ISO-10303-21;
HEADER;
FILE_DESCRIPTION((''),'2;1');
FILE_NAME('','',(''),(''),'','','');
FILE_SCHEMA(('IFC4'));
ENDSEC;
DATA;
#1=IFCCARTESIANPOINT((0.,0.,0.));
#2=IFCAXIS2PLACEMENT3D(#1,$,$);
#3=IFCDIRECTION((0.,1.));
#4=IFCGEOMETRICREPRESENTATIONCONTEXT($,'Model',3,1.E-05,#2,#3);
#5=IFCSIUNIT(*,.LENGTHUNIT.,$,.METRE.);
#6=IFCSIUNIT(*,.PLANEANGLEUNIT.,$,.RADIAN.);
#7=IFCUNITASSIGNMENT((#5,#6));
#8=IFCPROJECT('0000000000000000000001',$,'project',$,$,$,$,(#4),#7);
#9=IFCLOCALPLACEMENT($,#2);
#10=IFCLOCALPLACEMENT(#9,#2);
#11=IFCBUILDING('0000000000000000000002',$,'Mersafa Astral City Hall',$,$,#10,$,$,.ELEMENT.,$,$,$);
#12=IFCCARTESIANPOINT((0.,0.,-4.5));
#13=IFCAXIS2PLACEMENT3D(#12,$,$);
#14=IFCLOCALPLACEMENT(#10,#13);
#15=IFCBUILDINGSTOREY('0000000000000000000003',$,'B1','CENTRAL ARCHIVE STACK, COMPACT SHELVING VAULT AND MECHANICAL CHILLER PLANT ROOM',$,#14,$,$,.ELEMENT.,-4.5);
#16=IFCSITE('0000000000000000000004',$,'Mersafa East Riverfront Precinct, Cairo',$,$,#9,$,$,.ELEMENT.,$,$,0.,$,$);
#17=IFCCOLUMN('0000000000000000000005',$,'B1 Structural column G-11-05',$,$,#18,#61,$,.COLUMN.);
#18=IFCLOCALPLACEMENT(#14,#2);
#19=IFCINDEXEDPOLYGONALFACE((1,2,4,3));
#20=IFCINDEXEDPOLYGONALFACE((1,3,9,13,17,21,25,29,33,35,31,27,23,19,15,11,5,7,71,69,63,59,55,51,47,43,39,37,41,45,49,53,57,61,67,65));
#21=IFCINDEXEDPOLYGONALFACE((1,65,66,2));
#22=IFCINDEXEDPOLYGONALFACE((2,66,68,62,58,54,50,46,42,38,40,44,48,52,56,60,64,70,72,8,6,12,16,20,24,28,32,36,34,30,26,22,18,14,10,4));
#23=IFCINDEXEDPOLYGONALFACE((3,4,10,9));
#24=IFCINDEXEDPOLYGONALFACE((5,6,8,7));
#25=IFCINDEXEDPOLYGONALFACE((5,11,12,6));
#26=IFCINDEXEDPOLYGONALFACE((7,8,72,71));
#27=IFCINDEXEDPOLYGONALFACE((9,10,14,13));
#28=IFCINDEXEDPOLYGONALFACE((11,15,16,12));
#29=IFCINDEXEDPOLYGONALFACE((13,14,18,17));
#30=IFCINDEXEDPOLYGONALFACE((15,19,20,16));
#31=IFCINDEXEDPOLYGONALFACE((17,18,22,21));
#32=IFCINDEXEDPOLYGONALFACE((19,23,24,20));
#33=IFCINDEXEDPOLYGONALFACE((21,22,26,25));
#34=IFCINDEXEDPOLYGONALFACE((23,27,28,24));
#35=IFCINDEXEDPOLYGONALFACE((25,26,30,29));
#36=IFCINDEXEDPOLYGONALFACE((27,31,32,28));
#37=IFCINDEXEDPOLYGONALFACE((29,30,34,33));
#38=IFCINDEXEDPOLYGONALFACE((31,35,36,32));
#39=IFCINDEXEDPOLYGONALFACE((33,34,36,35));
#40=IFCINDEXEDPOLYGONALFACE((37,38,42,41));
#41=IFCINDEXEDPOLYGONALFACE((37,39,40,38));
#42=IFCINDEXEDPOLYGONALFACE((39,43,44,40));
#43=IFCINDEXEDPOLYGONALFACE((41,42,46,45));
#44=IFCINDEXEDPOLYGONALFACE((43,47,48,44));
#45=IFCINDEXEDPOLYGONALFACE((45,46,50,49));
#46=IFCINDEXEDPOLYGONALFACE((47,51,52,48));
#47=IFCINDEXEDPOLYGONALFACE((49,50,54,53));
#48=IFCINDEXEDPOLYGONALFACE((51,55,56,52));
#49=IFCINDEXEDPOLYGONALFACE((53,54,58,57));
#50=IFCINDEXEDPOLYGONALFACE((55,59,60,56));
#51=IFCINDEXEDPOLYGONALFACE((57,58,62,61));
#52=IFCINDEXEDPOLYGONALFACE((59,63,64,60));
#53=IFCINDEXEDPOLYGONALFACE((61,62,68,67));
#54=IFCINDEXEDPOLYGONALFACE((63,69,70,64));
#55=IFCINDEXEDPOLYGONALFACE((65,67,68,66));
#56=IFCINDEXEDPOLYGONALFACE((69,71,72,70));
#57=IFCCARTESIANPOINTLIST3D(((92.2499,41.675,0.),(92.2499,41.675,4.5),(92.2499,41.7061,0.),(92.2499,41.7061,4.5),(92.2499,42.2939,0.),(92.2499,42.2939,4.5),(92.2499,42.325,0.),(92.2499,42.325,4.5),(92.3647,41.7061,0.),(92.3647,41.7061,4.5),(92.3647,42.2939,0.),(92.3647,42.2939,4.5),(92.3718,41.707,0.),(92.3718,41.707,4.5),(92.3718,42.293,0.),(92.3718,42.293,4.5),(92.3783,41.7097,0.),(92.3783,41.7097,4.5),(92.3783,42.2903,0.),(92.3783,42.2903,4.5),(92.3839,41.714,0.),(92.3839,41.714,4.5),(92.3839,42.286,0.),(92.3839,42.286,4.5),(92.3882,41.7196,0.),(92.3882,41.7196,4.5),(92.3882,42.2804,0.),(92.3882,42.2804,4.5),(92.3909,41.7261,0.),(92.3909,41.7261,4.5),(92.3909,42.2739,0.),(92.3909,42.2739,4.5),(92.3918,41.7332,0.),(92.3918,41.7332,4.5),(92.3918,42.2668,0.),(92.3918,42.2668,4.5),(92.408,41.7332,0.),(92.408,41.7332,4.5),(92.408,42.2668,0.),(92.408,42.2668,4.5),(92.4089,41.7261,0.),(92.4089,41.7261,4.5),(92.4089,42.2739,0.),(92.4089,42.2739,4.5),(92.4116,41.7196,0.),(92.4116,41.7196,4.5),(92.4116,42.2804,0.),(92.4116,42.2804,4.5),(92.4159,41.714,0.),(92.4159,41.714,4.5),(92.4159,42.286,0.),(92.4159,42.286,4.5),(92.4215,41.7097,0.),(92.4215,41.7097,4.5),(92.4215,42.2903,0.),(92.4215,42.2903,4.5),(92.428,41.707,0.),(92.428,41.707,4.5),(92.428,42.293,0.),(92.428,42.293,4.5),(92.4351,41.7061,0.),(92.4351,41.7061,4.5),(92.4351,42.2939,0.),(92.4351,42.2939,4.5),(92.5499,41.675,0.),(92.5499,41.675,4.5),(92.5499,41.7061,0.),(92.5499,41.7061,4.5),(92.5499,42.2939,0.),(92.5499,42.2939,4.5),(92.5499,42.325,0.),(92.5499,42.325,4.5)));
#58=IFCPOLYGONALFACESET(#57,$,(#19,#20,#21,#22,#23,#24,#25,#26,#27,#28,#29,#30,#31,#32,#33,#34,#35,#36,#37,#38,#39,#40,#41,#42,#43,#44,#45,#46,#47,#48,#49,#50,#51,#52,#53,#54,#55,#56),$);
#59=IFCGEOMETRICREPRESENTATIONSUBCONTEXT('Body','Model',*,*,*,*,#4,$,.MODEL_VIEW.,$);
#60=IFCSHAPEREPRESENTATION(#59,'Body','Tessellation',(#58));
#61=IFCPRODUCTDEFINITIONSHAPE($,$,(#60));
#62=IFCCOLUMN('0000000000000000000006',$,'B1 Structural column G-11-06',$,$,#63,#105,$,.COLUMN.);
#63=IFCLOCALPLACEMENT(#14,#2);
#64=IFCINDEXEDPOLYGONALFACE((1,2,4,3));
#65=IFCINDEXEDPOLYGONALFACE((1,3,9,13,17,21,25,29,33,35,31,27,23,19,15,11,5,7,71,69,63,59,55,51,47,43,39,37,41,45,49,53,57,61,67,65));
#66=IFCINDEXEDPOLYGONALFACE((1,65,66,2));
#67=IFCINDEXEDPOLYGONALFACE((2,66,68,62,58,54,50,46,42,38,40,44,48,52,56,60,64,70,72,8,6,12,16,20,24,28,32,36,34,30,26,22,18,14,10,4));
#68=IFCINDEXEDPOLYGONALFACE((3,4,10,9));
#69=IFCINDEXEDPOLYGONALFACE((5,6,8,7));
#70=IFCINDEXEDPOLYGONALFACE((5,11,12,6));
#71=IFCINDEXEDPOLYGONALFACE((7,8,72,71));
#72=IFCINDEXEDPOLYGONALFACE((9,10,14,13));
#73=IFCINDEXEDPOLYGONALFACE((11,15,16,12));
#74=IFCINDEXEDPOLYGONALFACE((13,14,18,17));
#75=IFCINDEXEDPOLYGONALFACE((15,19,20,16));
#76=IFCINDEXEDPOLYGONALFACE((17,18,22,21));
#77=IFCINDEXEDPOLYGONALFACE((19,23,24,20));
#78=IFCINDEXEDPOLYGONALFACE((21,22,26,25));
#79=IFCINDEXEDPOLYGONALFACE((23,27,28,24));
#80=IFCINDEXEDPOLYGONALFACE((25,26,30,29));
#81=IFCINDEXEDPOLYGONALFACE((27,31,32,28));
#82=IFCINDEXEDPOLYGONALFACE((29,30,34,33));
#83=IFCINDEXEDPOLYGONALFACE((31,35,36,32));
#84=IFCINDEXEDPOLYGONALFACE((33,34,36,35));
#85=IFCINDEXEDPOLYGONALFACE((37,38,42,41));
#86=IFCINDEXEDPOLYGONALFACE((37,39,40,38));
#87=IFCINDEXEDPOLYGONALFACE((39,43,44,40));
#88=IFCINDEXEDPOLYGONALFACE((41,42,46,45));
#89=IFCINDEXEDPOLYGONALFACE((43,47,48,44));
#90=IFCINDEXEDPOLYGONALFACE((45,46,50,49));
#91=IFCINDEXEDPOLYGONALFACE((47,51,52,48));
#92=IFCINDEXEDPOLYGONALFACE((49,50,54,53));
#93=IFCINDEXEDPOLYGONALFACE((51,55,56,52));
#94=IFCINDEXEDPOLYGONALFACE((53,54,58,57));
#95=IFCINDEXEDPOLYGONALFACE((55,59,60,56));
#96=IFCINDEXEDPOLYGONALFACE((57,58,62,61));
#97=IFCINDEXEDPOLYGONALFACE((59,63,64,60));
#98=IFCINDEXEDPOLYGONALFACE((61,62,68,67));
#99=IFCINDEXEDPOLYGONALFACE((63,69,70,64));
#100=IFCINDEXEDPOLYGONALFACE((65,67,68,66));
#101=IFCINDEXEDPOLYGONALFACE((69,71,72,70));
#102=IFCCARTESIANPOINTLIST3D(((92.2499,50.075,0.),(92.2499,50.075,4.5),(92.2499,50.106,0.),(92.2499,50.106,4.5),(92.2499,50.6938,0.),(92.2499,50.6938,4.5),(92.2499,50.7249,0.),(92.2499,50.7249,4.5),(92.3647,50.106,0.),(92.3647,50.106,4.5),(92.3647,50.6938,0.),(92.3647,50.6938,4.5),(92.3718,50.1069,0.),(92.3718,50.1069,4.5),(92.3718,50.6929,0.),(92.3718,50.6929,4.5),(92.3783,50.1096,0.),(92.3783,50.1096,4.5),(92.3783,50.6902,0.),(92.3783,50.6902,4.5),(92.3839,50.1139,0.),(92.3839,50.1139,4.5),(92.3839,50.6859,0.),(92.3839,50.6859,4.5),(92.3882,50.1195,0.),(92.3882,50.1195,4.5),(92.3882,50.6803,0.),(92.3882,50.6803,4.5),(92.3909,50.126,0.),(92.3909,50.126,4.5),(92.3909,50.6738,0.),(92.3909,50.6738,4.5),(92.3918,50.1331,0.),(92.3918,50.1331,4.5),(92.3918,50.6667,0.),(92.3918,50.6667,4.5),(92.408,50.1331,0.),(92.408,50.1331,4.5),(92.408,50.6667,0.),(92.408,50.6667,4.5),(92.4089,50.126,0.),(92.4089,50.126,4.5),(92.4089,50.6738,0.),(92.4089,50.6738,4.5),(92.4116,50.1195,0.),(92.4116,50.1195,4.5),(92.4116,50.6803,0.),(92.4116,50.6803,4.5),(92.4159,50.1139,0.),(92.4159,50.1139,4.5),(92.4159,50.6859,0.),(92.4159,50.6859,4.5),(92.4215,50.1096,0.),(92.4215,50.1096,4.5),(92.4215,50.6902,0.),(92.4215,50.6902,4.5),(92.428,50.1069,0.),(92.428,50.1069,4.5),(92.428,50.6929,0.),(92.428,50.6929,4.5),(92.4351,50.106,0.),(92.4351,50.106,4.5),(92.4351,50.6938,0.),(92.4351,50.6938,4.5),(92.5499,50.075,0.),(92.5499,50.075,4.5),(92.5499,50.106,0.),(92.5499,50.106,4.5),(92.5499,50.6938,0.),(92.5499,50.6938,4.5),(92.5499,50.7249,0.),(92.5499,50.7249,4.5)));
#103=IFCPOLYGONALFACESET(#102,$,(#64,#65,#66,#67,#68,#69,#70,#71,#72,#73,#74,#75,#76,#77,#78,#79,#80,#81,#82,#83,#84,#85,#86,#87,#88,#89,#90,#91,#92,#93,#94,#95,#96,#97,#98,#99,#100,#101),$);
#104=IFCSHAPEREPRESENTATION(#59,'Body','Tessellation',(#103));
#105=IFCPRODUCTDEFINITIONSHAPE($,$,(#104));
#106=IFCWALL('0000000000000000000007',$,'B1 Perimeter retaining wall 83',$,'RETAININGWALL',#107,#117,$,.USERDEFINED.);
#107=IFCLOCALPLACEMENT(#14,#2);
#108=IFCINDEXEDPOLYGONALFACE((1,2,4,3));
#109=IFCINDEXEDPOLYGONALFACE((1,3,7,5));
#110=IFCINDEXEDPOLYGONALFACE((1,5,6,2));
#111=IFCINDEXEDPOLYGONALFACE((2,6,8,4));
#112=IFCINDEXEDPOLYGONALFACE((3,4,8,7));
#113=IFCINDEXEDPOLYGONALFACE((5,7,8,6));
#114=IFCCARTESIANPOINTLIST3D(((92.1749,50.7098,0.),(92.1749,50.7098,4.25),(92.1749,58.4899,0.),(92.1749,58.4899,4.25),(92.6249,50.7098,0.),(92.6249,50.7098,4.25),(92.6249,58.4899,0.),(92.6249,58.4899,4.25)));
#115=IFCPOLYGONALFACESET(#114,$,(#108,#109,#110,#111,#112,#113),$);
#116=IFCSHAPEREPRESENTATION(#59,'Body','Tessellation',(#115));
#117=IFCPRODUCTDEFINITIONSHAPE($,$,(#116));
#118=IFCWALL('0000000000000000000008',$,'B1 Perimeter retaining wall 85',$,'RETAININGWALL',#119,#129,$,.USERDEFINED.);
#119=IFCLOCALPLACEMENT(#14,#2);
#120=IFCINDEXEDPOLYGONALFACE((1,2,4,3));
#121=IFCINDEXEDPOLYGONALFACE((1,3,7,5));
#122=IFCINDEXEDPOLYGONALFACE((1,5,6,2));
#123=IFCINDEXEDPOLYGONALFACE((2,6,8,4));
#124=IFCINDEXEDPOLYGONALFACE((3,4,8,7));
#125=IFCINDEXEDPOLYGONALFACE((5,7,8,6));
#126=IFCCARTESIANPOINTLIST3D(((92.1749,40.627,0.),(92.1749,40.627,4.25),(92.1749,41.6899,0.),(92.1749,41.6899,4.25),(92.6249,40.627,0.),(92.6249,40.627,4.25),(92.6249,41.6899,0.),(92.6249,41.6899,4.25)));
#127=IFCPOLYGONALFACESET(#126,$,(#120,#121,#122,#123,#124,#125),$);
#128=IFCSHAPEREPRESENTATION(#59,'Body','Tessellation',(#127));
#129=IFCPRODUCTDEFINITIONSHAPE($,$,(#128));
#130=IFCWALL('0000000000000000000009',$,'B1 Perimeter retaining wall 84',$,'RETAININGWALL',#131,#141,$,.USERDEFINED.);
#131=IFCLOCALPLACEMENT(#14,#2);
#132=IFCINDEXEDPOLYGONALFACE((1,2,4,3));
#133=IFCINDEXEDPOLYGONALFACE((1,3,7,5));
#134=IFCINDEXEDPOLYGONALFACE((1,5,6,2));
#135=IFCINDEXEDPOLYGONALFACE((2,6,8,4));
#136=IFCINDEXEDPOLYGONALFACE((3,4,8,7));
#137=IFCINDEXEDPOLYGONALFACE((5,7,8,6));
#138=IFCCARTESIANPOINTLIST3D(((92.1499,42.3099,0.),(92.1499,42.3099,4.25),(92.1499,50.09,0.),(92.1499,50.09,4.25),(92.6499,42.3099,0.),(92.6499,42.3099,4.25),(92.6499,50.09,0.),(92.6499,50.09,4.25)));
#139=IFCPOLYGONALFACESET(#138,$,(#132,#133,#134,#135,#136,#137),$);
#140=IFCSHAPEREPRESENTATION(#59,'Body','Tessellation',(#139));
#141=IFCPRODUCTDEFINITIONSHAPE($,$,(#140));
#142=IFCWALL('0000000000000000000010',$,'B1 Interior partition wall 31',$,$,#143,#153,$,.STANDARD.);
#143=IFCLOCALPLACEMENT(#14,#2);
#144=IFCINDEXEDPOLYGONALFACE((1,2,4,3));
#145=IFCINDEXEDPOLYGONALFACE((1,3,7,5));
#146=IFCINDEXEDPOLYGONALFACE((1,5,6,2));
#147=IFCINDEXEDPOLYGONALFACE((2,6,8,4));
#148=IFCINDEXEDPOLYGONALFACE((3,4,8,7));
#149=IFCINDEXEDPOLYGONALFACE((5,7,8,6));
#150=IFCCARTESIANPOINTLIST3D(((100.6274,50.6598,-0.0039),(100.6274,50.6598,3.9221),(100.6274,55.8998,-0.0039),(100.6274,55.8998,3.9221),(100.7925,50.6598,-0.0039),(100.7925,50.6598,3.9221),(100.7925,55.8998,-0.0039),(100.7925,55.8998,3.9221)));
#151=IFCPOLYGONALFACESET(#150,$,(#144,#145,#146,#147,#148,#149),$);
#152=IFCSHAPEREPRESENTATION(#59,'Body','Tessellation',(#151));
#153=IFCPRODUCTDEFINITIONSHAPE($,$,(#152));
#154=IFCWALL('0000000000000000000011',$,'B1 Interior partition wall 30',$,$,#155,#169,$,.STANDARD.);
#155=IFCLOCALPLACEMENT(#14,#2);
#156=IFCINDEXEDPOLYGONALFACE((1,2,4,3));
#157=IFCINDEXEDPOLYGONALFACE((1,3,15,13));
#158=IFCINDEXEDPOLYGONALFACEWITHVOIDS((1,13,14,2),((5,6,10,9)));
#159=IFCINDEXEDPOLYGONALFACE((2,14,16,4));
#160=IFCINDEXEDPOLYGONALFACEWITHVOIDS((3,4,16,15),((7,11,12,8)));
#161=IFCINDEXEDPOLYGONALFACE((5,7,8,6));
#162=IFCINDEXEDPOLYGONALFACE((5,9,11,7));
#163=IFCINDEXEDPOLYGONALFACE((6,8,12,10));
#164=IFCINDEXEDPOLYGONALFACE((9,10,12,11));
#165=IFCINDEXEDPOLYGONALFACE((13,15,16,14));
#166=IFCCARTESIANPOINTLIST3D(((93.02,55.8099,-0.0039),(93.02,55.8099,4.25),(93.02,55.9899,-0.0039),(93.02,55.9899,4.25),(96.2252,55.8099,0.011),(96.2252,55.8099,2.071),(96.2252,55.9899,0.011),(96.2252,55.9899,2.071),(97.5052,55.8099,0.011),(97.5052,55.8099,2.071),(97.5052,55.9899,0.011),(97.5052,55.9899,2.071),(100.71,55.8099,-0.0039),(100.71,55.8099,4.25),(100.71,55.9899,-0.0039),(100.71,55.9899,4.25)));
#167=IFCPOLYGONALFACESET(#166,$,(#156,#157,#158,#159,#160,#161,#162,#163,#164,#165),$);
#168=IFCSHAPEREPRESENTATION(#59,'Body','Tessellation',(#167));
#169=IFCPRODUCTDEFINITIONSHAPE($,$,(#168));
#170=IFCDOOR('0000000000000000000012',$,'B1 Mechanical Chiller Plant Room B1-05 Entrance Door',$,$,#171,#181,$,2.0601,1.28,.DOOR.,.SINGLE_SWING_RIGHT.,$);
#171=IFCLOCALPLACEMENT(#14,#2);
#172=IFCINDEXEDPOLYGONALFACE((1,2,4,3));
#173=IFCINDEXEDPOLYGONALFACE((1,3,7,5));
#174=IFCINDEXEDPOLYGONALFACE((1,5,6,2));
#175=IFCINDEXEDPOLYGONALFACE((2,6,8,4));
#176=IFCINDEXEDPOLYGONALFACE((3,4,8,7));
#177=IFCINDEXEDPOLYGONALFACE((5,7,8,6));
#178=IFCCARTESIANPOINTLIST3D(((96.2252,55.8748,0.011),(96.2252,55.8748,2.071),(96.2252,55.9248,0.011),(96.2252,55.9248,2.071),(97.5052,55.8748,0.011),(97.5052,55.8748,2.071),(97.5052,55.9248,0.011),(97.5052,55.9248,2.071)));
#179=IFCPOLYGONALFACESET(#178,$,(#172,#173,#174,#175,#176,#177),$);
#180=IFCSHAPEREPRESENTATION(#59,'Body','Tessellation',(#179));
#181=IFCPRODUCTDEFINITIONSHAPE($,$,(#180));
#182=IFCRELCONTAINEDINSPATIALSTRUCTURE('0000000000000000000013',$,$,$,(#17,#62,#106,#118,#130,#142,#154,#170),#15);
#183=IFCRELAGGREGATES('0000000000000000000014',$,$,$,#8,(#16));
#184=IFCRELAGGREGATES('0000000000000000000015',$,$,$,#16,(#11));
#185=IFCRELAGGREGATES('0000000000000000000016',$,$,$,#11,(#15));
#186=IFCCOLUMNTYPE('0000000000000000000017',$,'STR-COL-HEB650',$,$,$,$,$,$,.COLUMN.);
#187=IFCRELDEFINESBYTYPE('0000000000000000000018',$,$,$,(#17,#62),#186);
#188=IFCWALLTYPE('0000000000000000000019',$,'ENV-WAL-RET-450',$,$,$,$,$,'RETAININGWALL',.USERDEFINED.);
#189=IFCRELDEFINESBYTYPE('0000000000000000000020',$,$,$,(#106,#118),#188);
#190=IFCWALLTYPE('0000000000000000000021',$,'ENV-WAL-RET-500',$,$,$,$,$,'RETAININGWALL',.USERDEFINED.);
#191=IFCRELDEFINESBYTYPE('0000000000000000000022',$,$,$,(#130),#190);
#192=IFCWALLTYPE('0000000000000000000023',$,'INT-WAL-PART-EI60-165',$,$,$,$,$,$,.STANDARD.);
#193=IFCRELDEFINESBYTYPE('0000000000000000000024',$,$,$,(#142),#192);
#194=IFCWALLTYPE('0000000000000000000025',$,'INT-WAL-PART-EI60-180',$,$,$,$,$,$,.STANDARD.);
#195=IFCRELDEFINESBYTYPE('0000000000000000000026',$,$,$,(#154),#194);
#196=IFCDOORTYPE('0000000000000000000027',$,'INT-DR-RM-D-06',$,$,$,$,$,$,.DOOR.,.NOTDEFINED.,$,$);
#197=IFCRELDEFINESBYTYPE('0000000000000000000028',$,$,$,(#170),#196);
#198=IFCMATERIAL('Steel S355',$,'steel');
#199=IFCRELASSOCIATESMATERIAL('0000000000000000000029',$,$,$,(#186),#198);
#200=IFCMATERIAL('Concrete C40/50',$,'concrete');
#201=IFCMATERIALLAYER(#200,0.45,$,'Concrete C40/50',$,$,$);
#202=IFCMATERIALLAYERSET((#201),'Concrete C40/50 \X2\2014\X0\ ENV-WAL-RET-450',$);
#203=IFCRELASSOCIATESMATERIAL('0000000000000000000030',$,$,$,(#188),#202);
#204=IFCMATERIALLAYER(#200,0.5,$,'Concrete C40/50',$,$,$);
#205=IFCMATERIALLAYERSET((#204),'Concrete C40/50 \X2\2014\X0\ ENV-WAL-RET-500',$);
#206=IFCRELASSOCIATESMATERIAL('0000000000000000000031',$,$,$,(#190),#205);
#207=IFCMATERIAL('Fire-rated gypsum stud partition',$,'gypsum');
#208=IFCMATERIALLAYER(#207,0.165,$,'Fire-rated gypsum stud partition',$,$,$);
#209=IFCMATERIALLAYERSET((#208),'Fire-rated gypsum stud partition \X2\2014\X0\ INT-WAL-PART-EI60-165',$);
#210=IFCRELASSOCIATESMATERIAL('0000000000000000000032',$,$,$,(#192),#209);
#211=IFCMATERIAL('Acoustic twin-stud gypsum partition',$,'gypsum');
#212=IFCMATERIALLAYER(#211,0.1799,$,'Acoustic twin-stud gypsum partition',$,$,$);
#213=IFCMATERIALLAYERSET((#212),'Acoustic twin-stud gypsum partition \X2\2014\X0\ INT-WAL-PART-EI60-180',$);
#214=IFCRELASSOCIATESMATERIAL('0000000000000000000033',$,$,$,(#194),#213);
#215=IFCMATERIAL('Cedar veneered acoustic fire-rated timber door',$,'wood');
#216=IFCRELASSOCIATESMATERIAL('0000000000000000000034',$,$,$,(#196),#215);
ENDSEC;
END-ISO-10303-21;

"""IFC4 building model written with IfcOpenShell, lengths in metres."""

from ifc_helpers import new_model, si_unit, direction, frame, frame_2d, origin, origin_2d, place, context, subcontext, project, spatial, rectangle, i_section, extrude, material, layer, layer_set, material_profile, profile_set, type_object, element, fill, save


model = new_model("IFC4")

# Units and contexts
model_context = context("Model", 3, precision=1e-05, world=origin(), true_north=direction((0.0, 1.0)))
body_context = subcontext(model_context, "Body", "Model", "MODEL_VIEW")
ifc_project = project(units=[si_unit("LENGTHUNIT", "METRE"), si_unit("PLANEANGLEUNIT", "RADIAN")], contexts=[model_context])

# Site, building, storey
site_placement = place(None, origin())
site = spatial("IfcSite", under=ifc_project, at=site_placement, Name="Mersafa East Riverfront Precinct, Cairo", CompositionType="ELEMENT", RefElevation=0.0)
building_placement = place(site_placement, origin())
building = spatial("IfcBuilding", under=site, at=building_placement, Name="Mersafa Astral City Hall", CompositionType="ELEMENT")
storey_placement = place(building_placement, frame((0.0, 0.0, -4.5)))
storey = spatial("IfcBuildingStorey", under=building, at=storey_placement, Name="B1", Description="CENTRAL ARCHIVE STACK, COMPACT SHELVING VAULT AND MECHANICAL CHILLER PLANT ROOM", CompositionType="ELEMENT", Elevation=-4.5)

# Shared definitions
ifc_material_1 = material(Name="Concrete C40/50", Category="concrete")

# Columns
ifc_material_2 = material(Name="Steel S355", Category="steel")
ifc_material_profile_1 = material_profile(ifc_material_2, i_section(OverallWidth=0.3, OverallDepth=0.6499, WebThickness=0.0161, FlangeThickness=0.031, FilletRadius=0.0271, at=origin_2d()), Name="HEB 650")
ifc_profile_set_1 = profile_set([ifc_material_profile_1], Name="Steel S355")
column_type = type_object("IfcColumnType", Name="STR-COL-HEB650", PredefinedType="COLUMN", material=ifc_profile_set_1)
for number, where, z_axis, x_axis, name in (
    (1, (92.3999, 42.0, 0.0), (0.0, 0.0, 1.0), (1.0, 0.0, 0.0), "B1 Structural column G-11-05"),
    (2, (92.3999, 50.3999, 0.0), (0.0, 0.0, 1.0), (1.0, 0.0, 0.0), "B1 Structural column G-11-06"),
):
    element("IfcColumn", number, at=place(storey_placement, frame(where, z_axis=z_axis, x_axis=x_axis)), inside=storey, type_object=column_type, Name=name, PredefinedType="COLUMN", context=body_context, shape_type="SweptSolid", body=[
        extrude(i_section(OverallWidth=0.3, OverallDepth=0.6499, WebThickness=0.0161, FlangeThickness=0.031, FilletRadius=0.0271, at=origin_2d()), origin(), (0.0, 0.0, 1.0), 4.5),
    ])

# Walls
ifc_layer_1 = layer(ifc_material_1, 0.45, Name="Concrete C40/50")
ifc_layer_set_1 = layer_set([ifc_layer_1], Name="Concrete C40/50 — ENV-WAL-RET-450")
wall_type_1 = type_object("IfcWallType", Name="ENV-WAL-RET-450", ElementType="RETAININGWALL", PredefinedType="USERDEFINED", material=ifc_layer_set_1)
wall_1_placement = place(storey_placement, frame((92.3999, 58.49, 0.0), z_axis=(0.0, 0.0, 1.0), x_axis=(0.0, -1.0, 0.0)))
element("IfcWall", 3, at=wall_1_placement, inside=storey, type_object=wall_type_1, Name="B1 Perimeter retaining wall 83", ObjectType="RETAININGWALL", PredefinedType="USERDEFINED", context=body_context, shape_type="SweptSolid", body=[
    extrude(rectangle(XDim=7.78, YDim=0.45, at=frame_2d((3.8901, 0.0))), origin(), (0.0, 0.0, 1.0), 4.25),
])
wall_2_placement = place(storey_placement, frame((92.3999, 41.6899, 0.0), z_axis=(0.0, 0.0, 1.0), x_axis=(0.0, -1.0, 0.0)))
element("IfcWall", 4, at=wall_2_placement, inside=storey, type_object=wall_type_1, Name="B1 Perimeter retaining wall 85", ObjectType="RETAININGWALL", PredefinedType="USERDEFINED", context=body_context, shape_type="SweptSolid", body=[
    extrude(rectangle(XDim=1.063, YDim=0.45, at=frame_2d((0.5315, 0.0))), origin(), (0.0, 0.0, 1.0), 4.25),
])
ifc_layer_2 = layer(ifc_material_1, 0.5, Name="Concrete C40/50")
ifc_layer_set_2 = layer_set([ifc_layer_2], Name="Concrete C40/50 — ENV-WAL-RET-500")
wall_type_2 = type_object("IfcWallType", Name="ENV-WAL-RET-500", ElementType="RETAININGWALL", PredefinedType="USERDEFINED", material=ifc_layer_set_2)
wall_3_placement = place(storey_placement, frame((92.3999, 50.0901, 0.0), z_axis=(0.0, 0.0, 1.0), x_axis=(0.0, -1.0, 0.0)))
element("IfcWall", 5, at=wall_3_placement, inside=storey, type_object=wall_type_2, Name="B1 Perimeter retaining wall 84", ObjectType="RETAININGWALL", PredefinedType="USERDEFINED", context=body_context, shape_type="SweptSolid", body=[
    extrude(rectangle(XDim=7.78, YDim=0.5, at=frame_2d((3.8901, 0.0))), origin(), (0.0, 0.0, 1.0), 4.25),
])
ifc_material_3 = material(Name="Fire-rated gypsum stud partition", Category="gypsum")
ifc_layer_3 = layer(ifc_material_3, 0.165, Name="Fire-rated gypsum stud partition")
ifc_layer_set_3 = layer_set([ifc_layer_3], Name="Fire-rated gypsum stud partition — INT-WAL-PART-EI60-165")
wall_type_3 = type_object("IfcWallType", Name="INT-WAL-PART-EI60-165", PredefinedType="STANDARD", material=ifc_layer_set_3)
wall_4_placement = place(storey_placement, frame((100.71, 55.8999, -0.0039), z_axis=(0.0, 0.0, 1.0), x_axis=(0.0, -1.0, 0.0)))
element("IfcWall", 6, at=wall_4_placement, inside=storey, type_object=wall_type_3, Name="B1 Interior partition wall 31", PredefinedType="STANDARD", context=body_context, shape_type="SweptSolid", body=[
    extrude(rectangle(XDim=5.24, YDim=0.165, at=frame_2d((2.6201, 0.0))), origin(), (0.0, 0.0, 1.0), 3.926),
])

# Wall, opening, door
ifc_material_4 = material(Name="Acoustic twin-stud gypsum partition", Category="gypsum")
ifc_layer_4 = layer(ifc_material_4, 0.1799, Name="Acoustic twin-stud gypsum partition")
ifc_layer_set_4 = layer_set([ifc_layer_4], Name="Acoustic twin-stud gypsum partition — INT-WAL-PART-EI60-180")
wall_type_4 = type_object("IfcWallType", Name="INT-WAL-PART-EI60-180", PredefinedType="STANDARD", material=ifc_layer_set_4)
wall_5_placement = place(storey_placement, frame((93.02, 55.8999, -0.0039), z_axis=(0.0, 0.0, 1.0), x_axis=(1.0, 0.0, 0.0)))
wall_5 = element("IfcWall", 7, at=wall_5_placement, inside=storey, type_object=wall_type_4, Name="B1 Interior partition wall 30", PredefinedType="STANDARD", context=body_context, shape_type="SweptSolid", body=[
    extrude(rectangle(XDim=7.6899, YDim=0.1799, at=frame_2d((3.845, 0.0))), origin(), (0.0, 0.0, 1.0), 4.2539),
])
opening_placement = place(wall_5_placement, frame((3.2051, 0.0, 0.0149)))
opening = element("IfcOpeningElement", 8, at=opening_placement, cuts=wall_5, PredefinedType="OPENING", context=body_context, shape_type="SweptSolid", body=[
    extrude(rectangle(XDim=1.28, YDim=2.0601, at=frame_2d((0.6401, 1.03))), frame((0.0, 0.0999, 0.0), z_axis=(0.0, -1.0, 0.0), x_axis=(1.0, 0.0, 0.0)), (0.0, 0.0, 1.0), 0.2),
])
ifc_material_5 = material(Name="Cedar veneered acoustic fire-rated timber door", Category="wood")
door_type = type_object("IfcDoorType", Name="INT-DR-RM-D-06", OperationType="NOTDEFINED", PredefinedType="DOOR", material=ifc_material_5)
door_placement = place(opening_placement, origin())
door = element("IfcDoor", 9, at=door_placement, inside=storey, type_object=door_type, Name="B1 Mechanical Chiller Plant Room B1-05 Entrance Door", OperationType="SINGLE_SWING_RIGHT", OverallHeight=2.0601, OverallWidth=1.28, PredefinedType="DOOR", context=body_context, shape_type="SweptSolid", body=[
    extrude(rectangle(XDim=1.28, YDim=2.0601, at=frame_2d((0.6401, 1.03))), frame((0.0, 0.0249, 0.0), z_axis=(0.0, -1.0, 0.0), x_axis=(1.0, 0.0, 0.0)), (0.0, 0.0, 1.0), 0.05),
])
fill(opening, door)

save(model, "model.ifc")
